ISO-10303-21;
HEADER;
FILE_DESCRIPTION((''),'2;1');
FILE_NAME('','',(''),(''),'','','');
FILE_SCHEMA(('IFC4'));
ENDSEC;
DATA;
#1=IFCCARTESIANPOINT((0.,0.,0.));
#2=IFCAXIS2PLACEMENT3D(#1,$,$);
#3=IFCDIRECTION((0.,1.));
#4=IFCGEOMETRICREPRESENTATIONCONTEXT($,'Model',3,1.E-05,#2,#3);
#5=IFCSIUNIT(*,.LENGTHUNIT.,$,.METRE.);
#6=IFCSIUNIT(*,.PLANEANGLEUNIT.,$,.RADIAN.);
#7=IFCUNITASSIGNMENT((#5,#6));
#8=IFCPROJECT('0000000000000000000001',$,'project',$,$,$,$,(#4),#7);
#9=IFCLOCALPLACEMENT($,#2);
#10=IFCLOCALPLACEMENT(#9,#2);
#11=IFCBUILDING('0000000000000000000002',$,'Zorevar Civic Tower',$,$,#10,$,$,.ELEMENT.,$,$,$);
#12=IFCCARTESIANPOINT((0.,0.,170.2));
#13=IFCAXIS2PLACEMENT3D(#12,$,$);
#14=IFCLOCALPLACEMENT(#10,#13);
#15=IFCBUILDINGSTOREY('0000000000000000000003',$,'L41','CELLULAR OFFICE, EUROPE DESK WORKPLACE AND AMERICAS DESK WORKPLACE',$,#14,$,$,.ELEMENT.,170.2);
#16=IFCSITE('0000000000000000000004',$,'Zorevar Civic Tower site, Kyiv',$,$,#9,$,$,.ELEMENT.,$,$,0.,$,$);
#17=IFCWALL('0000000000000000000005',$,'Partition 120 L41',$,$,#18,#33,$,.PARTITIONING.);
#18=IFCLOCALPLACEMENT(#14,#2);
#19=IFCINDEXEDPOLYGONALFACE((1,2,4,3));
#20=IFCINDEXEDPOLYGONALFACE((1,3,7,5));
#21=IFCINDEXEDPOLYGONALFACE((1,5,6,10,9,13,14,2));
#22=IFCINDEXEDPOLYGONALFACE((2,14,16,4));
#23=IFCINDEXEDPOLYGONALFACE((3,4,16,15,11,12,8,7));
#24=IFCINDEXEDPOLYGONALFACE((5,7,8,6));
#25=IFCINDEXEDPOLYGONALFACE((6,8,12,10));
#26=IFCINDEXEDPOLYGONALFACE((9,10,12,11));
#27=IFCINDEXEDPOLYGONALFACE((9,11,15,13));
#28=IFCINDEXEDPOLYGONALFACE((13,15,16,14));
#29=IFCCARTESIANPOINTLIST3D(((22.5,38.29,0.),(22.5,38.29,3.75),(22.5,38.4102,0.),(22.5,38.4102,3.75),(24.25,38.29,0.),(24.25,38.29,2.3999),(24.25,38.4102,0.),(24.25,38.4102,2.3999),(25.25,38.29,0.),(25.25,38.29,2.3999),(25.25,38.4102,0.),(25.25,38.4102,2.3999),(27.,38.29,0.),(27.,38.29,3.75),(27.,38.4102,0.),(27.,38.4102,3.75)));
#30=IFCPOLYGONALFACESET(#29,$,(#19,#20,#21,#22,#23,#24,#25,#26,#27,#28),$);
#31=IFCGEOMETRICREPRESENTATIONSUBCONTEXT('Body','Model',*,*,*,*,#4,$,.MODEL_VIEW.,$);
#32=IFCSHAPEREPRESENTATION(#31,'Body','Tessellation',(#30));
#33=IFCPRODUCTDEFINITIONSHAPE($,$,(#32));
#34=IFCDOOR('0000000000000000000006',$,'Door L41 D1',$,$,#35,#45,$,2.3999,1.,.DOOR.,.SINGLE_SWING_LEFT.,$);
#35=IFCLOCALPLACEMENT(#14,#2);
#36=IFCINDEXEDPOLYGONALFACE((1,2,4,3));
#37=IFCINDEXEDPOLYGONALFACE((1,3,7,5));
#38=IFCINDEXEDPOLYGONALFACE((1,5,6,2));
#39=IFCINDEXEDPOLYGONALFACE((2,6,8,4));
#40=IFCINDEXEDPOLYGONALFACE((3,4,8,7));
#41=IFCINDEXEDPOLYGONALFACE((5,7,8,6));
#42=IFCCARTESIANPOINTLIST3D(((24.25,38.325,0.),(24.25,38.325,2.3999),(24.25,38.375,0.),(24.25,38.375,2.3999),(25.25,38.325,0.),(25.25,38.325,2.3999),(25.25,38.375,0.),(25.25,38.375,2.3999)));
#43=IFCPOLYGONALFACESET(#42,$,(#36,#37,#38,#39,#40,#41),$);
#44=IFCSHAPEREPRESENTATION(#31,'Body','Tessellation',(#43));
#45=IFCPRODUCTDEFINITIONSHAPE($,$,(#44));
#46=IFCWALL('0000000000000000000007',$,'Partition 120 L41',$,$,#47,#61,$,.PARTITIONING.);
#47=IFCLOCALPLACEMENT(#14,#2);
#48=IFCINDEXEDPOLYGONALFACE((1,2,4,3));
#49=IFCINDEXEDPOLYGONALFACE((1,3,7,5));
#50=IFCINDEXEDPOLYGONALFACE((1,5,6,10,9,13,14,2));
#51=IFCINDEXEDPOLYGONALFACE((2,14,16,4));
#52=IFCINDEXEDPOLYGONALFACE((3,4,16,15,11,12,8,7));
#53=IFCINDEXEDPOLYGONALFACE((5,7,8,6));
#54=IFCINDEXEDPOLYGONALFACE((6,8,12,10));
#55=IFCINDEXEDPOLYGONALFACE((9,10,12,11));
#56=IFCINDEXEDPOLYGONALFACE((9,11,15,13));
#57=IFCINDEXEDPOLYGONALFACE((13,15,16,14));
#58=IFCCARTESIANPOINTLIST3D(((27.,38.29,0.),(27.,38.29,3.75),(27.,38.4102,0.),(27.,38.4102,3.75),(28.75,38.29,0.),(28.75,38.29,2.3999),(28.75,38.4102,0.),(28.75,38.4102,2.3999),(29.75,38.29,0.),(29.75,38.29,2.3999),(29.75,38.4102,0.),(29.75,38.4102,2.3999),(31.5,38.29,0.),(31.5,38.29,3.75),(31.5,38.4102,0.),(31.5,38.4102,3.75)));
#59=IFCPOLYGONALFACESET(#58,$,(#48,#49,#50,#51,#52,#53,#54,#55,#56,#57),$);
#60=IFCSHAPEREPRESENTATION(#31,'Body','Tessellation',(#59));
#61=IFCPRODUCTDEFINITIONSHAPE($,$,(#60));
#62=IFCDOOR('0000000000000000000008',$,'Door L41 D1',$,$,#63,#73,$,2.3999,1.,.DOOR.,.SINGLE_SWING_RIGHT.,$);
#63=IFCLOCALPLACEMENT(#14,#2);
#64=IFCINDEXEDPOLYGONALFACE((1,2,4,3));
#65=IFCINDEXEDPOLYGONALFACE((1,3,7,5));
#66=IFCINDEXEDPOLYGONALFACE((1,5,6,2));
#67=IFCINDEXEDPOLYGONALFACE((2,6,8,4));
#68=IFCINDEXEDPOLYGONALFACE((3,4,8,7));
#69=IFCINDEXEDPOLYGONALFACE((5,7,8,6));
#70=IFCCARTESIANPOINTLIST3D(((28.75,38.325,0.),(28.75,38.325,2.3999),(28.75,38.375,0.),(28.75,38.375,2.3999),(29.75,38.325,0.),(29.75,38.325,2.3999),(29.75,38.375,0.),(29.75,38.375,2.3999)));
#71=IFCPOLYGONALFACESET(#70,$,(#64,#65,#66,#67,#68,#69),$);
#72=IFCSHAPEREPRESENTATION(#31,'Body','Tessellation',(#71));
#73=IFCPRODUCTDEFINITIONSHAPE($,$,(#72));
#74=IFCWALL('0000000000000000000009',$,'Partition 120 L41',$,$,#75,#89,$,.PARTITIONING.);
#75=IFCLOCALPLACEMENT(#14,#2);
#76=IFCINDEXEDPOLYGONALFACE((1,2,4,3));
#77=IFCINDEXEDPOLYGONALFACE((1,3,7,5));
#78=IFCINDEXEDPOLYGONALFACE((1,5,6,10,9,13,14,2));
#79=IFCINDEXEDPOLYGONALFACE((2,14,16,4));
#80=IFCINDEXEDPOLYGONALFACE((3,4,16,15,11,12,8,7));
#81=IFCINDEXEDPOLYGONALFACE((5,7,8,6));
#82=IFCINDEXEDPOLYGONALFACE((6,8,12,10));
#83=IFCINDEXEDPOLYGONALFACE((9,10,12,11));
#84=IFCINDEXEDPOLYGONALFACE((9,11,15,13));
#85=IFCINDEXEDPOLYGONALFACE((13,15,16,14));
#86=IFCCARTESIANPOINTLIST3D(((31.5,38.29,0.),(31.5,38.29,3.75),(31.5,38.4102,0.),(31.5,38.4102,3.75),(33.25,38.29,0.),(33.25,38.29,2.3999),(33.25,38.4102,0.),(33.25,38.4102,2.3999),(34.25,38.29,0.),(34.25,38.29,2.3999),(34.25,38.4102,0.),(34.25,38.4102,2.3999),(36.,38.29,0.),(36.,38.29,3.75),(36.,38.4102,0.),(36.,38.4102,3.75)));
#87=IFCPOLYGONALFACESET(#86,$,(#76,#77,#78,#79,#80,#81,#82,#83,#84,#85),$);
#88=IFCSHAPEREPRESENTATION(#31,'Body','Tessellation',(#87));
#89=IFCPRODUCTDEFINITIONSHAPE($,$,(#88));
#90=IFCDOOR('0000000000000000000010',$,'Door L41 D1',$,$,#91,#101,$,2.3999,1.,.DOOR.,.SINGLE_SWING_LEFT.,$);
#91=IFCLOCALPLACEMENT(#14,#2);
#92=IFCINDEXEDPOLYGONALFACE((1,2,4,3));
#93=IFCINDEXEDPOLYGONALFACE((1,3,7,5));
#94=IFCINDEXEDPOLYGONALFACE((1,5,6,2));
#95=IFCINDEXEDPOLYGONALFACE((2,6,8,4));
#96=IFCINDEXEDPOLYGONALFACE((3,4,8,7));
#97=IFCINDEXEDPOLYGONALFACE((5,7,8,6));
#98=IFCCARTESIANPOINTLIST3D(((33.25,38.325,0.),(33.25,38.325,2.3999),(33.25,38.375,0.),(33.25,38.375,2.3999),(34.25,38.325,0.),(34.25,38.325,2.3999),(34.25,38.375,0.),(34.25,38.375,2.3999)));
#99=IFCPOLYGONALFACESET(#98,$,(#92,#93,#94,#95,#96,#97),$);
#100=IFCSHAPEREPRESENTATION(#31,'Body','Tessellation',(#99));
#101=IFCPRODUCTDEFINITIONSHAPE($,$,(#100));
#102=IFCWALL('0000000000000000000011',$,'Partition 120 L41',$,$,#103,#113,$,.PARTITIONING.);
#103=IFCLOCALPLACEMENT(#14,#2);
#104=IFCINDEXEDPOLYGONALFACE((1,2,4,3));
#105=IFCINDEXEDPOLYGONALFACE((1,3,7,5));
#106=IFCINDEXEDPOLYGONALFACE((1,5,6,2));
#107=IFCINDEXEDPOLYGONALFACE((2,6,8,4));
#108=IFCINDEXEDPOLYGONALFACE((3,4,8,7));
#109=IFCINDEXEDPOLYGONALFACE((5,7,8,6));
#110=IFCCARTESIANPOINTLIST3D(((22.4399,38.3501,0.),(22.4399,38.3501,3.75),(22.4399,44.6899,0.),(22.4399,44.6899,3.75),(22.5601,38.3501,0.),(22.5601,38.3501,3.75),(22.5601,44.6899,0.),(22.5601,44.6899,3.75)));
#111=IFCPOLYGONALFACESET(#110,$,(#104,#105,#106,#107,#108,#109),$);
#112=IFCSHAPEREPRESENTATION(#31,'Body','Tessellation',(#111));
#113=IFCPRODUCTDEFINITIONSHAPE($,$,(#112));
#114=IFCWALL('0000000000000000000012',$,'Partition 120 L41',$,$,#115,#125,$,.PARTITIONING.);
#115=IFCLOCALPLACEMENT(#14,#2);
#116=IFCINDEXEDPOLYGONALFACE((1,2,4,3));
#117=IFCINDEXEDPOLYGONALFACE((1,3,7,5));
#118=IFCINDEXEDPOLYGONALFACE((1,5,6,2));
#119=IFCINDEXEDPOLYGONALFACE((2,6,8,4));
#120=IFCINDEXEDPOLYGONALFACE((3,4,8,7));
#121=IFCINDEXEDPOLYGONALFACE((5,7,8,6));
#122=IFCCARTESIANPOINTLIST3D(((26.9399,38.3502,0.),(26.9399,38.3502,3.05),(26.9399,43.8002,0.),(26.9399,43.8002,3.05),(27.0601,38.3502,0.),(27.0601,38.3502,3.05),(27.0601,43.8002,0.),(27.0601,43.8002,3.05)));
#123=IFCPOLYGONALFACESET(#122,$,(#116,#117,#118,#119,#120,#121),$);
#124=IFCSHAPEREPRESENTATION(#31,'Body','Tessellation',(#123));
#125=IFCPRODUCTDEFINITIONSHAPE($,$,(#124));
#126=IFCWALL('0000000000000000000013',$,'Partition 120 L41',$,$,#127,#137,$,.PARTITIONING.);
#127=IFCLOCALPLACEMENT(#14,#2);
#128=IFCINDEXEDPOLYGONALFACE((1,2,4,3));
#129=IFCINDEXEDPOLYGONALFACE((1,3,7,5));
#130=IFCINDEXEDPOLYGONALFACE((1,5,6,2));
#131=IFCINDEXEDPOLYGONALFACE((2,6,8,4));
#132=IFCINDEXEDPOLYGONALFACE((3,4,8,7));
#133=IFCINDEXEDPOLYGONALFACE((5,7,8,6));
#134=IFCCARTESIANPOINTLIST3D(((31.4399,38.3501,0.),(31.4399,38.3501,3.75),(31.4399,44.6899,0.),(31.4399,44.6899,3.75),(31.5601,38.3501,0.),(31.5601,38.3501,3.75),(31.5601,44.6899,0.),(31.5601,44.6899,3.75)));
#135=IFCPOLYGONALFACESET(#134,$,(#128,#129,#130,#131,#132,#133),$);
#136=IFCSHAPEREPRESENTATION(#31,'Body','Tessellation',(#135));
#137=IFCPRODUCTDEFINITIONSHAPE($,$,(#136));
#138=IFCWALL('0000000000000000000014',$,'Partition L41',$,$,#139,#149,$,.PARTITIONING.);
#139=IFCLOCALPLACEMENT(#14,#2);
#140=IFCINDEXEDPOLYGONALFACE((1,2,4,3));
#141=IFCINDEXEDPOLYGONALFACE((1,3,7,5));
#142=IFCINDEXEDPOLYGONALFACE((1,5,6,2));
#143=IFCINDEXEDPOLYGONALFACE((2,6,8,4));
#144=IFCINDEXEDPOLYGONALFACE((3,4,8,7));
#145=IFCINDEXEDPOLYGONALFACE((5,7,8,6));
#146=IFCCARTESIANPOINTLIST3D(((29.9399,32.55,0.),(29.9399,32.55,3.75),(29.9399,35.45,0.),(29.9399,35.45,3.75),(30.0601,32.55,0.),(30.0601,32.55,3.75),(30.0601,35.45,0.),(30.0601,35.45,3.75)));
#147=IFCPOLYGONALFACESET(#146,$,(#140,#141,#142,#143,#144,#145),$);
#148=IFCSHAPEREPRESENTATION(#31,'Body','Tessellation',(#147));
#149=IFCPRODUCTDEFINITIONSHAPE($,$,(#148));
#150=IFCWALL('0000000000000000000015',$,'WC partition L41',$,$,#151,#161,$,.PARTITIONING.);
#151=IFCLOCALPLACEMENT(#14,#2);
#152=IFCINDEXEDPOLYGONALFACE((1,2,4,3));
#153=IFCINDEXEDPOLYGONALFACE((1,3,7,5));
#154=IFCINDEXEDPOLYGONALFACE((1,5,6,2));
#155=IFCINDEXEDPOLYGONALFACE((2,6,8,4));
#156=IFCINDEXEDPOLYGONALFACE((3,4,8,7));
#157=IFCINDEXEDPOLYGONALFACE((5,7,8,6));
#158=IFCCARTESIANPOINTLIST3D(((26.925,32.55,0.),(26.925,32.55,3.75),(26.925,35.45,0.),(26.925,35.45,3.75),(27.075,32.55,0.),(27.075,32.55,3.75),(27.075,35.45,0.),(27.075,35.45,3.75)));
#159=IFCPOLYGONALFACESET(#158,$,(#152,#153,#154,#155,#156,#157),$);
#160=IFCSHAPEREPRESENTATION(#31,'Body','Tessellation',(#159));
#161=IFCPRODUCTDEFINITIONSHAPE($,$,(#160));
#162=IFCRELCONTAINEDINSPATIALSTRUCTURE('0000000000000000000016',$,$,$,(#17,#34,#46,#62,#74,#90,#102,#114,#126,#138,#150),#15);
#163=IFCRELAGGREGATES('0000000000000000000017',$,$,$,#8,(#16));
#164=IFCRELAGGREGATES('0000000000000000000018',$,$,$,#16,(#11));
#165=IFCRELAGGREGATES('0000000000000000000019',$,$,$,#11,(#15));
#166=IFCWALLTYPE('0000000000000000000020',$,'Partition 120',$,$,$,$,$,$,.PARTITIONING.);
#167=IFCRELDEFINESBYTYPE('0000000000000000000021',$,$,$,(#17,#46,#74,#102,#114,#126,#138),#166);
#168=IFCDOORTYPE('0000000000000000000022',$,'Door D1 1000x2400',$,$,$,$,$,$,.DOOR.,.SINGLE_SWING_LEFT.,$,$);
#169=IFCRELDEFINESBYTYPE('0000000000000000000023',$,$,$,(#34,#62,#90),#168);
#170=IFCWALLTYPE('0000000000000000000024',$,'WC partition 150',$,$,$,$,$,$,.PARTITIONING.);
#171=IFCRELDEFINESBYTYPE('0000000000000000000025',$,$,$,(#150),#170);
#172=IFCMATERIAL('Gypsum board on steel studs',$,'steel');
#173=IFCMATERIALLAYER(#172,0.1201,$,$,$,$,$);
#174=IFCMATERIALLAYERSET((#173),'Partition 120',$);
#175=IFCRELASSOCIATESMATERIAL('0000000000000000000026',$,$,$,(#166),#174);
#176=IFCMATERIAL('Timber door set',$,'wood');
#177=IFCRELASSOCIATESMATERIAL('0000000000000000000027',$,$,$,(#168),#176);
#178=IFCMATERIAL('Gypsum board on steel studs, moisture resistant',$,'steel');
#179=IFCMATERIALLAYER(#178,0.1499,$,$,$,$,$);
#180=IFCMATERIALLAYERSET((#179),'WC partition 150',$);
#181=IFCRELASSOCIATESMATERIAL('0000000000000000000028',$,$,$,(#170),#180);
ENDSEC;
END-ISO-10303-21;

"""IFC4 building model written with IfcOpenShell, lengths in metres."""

from ifc_helpers import new_model, si_unit, direction, frame, frame_2d, origin, place, context, subcontext, project, spatial, rectangle, extrude, material, layer, layer_set, type_object, element, fill, save


model = new_model("IFC4")

# Units and contexts
model_context = context("Model", 3, precision=1e-05, world=origin(), true_north=direction((0.0, 1.0)))
body_context = subcontext(model_context, "Body", "Model", "MODEL_VIEW")
ifc_project = project(units=[si_unit("LENGTHUNIT", "METRE"), si_unit("PLANEANGLEUNIT", "RADIAN")], contexts=[model_context])

# Site, building, storey
site_placement = place(None, origin())
site = spatial("IfcSite", under=ifc_project, at=site_placement, Name="Zorevar Civic Tower site, Kyiv", CompositionType="ELEMENT", RefElevation=0.0)
building_placement = place(site_placement, origin())
building = spatial("IfcBuilding", under=site, at=building_placement, Name="Zorevar Civic Tower", CompositionType="ELEMENT")
storey_placement = place(building_placement, frame((0.0, 0.0, 170.2)))
storey = spatial("IfcBuildingStorey", under=building, at=storey_placement, Name="L41", Description="CELLULAR OFFICE, EUROPE DESK WORKPLACE AND AMERICAS DESK WORKPLACE", CompositionType="ELEMENT", Elevation=170.2)

# Walls, openings, doors
ifc_material_1 = material(Name="Gypsum board on steel studs", Category="steel")
ifc_layer_1 = layer(ifc_material_1, 0.1201)
ifc_layer_set_1 = layer_set([ifc_layer_1], Name="Partition 120")
wall_type_1 = type_object("IfcWallType", Name="Partition 120", PredefinedType="PARTITIONING", material=ifc_layer_set_1)
wall_1_placement = place(storey_placement, frame((22.5, 38.3501, 0.0), z_axis=(0.0, 0.0, 1.0), x_axis=(1.0, 0.0, 0.0)))
wall_1 = element("IfcWall", 1, at=wall_1_placement, inside=storey, type_object=wall_type_1, Name="Partition 120 L41", PredefinedType="PARTITIONING", context=body_context, shape_type="SweptSolid", body=[
    extrude(rectangle(XDim=4.5, YDim=0.1201, at=frame_2d((2.25, 0.0))), origin(), (0.0, 0.0, 1.0), 3.75),
])
opening_1_placement = place(wall_1_placement, frame((1.75, 0.0, 0.0)))
opening_1 = element("IfcOpeningElement", 2, at=opening_1_placement, cuts=wall_1, PredefinedType="OPENING", context=body_context, shape_type="SweptSolid", body=[
    extrude(rectangle(XDim=1.0, YDim=2.3999, at=frame_2d((0.5, 1.2))), frame((0.0, 0.0701, 0.0), z_axis=(0.0, -1.0, 0.0), x_axis=(1.0, 0.0, 0.0)), (0.0, 0.0, 1.0), 0.1401),
])
ifc_material_2 = material(Name="Timber door set", Category="wood")
door_type_1 = type_object("IfcDoorType", Name="Door D1 1000x2400", OperationType="SINGLE_SWING_LEFT", PredefinedType="DOOR", material=ifc_material_2)
door_1_placement = place(opening_1_placement, origin())
door_1 = element("IfcDoor", 3, at=door_1_placement, inside=storey, type_object=door_type_1, Name="Door L41 D1", OperationType="SINGLE_SWING_LEFT", OverallHeight=2.3999, OverallWidth=1.0, PredefinedType="DOOR", context=body_context, shape_type="SweptSolid", body=[
    extrude(rectangle(XDim=1.0, YDim=2.3999, at=frame_2d((0.5, 1.2))), frame((0.0, 0.0249, 0.0), z_axis=(0.0, -1.0, 0.0), x_axis=(1.0, 0.0, 0.0)), (0.0, 0.0, 1.0), 0.05),
])
fill(opening_1, door_1)
wall_2_placement = place(storey_placement, frame((27.0, 38.3501, 0.0), z_axis=(0.0, 0.0, 1.0), x_axis=(1.0, 0.0, 0.0)))
wall_2 = element("IfcWall", 4, at=wall_2_placement, inside=storey, type_object=wall_type_1, Name="Partition 120 L41", PredefinedType="PARTITIONING", context=body_context, shape_type="SweptSolid", body=[
    extrude(rectangle(XDim=4.5, YDim=0.1201, at=frame_2d((2.25, 0.0))), origin(), (0.0, 0.0, 1.0), 3.75),
])
opening_2_placement = place(wall_2_placement, frame((1.75, 0.0, 0.0)))
opening_2 = element("IfcOpeningElement", 5, at=opening_2_placement, cuts=wall_2, PredefinedType="OPENING", context=body_context, shape_type="SweptSolid", body=[
    extrude(rectangle(XDim=1.0, YDim=2.3999, at=frame_2d((0.5, 1.2))), frame((0.0, 0.0701, 0.0), z_axis=(0.0, -1.0, 0.0), x_axis=(1.0, 0.0, 0.0)), (0.0, 0.0, 1.0), 0.1401),
])
door_2_placement = place(opening_2_placement, origin())
door_2 = element("IfcDoor", 6, at=door_2_placement, inside=storey, type_object=door_type_1, Name="Door L41 D1", OperationType="SINGLE_SWING_RIGHT", OverallHeight=2.3999, OverallWidth=1.0, PredefinedType="DOOR", context=body_context, shape_type="SweptSolid", body=[
    extrude(rectangle(XDim=1.0, YDim=2.3999, at=frame_2d((0.5, 1.2))), frame((0.0, 0.0249, 0.0), z_axis=(0.0, -1.0, 0.0), x_axis=(1.0, 0.0, 0.0)), (0.0, 0.0, 1.0), 0.05),
])
fill(opening_2, door_2)
wall_3_placement = place(storey_placement, frame((31.5, 38.3501, 0.0), z_axis=(0.0, 0.0, 1.0), x_axis=(1.0, 0.0, 0.0)))
wall_3 = element("IfcWall", 7, at=wall_3_placement, inside=storey, type_object=wall_type_1, Name="Partition 120 L41", PredefinedType="PARTITIONING", context=body_context, shape_type="SweptSolid", body=[
    extrude(rectangle(XDim=4.5, YDim=0.1201, at=frame_2d((2.25, 0.0))), origin(), (0.0, 0.0, 1.0), 3.75),
])
opening_3_placement = place(wall_3_placement, frame((1.75, 0.0, 0.0)))
opening_3 = element("IfcOpeningElement", 8, at=opening_3_placement, cuts=wall_3, PredefinedType="OPENING", context=body_context, shape_type="SweptSolid", body=[
    extrude(rectangle(XDim=1.0, YDim=2.3999, at=frame_2d((0.5, 1.2))), frame((0.0, 0.0701, 0.0), z_axis=(0.0, -1.0, 0.0), x_axis=(1.0, 0.0, 0.0)), (0.0, 0.0, 1.0), 0.1401),
])
door_3_placement = place(opening_3_placement, origin())
door_3 = element("IfcDoor", 9, at=door_3_placement, inside=storey, type_object=door_type_1, Name="Door L41 D1", OperationType="SINGLE_SWING_LEFT", OverallHeight=2.3999, OverallWidth=1.0, PredefinedType="DOOR", context=body_context, shape_type="SweptSolid", body=[
    extrude(rectangle(XDim=1.0, YDim=2.3999, at=frame_2d((0.5, 1.2))), frame((0.0, 0.0249, 0.0), z_axis=(0.0, -1.0, 0.0), x_axis=(1.0, 0.0, 0.0)), (0.0, 0.0, 1.0), 0.05),
])
fill(opening_3, door_3)

# Walls
wall_4_placement = place(storey_placement, frame((22.5, 38.3501, 0.0), z_axis=(0.0, 0.0, 1.0), x_axis=(0.0, 1.0, 0.0)))
element("IfcWall", 10, at=wall_4_placement, inside=storey, type_object=wall_type_1, Name="Partition 120 L41", PredefinedType="PARTITIONING", context=body_context, shape_type="SweptSolid", body=[
    extrude(rectangle(XDim=6.3398, YDim=0.1201, at=frame_2d((3.1699, 0.0))), origin(), (0.0, 0.0, 1.0), 3.75),
])
wall_5_placement = place(storey_placement, frame((27.0, 38.3501, 0.0), z_axis=(0.0, 0.0, 1.0), x_axis=(0.0, 1.0, 0.0)))
element("IfcWall", 11, at=wall_5_placement, inside=storey, type_object=wall_type_1, Name="Partition 120 L41", PredefinedType="PARTITIONING", context=body_context, shape_type="SweptSolid", body=[
    extrude(rectangle(XDim=5.45, YDim=0.1201, at=frame_2d((2.7251, 0.0))), origin(), (0.0, 0.0, 1.0), 3.05),
])
wall_6_placement = place(storey_placement, frame((31.5, 38.3501, 0.0), z_axis=(0.0, 0.0, 1.0), x_axis=(0.0, 1.0, 0.0)))
element("IfcWall", 12, at=wall_6_placement, inside=storey, type_object=wall_type_1, Name="Partition 120 L41", PredefinedType="PARTITIONING", context=body_context, shape_type="SweptSolid", body=[
    extrude(rectangle(XDim=6.3398, YDim=0.1201, at=frame_2d((3.1699, 0.0))), origin(), (0.0, 0.0, 1.0), 3.75),
])
wall_7_placement = place(storey_placement, frame((30.0, 32.55, 0.0), z_axis=(0.0, 0.0, 1.0), x_axis=(0.0, 1.0, 0.0)))
element("IfcWall", 13, at=wall_7_placement, inside=storey, type_object=wall_type_1, Name="Partition L41", PredefinedType="PARTITIONING", context=body_context, shape_type="SweptSolid", body=[
    extrude(rectangle(XDim=2.8999, YDim=0.1201, at=frame_2d((1.45, 0.0))), origin(), (0.0, 0.0, 1.0), 3.75),
])
ifc_material_3 = material(Name="Gypsum board on steel studs, moisture resistant", Category="steel")
ifc_layer_2 = layer(ifc_material_3, 0.1499)
ifc_layer_set_2 = layer_set([ifc_layer_2], Name="WC partition 150")
wall_type_2 = type_object("IfcWallType", Name="WC partition 150", PredefinedType="PARTITIONING", material=ifc_layer_set_2)
wall_8_placement = place(storey_placement, frame((27.0, 32.55, 0.0), z_axis=(0.0, 0.0, 1.0), x_axis=(0.0, 1.0, 0.0)))
element("IfcWall", 14, at=wall_8_placement, inside=storey, type_object=wall_type_2, Name="WC partition L41", PredefinedType="PARTITIONING", context=body_context, shape_type="SweptSolid", body=[
    extrude(rectangle(XDim=2.8999, YDim=0.1499, at=frame_2d((1.45, 0.0))), origin(), (0.0, 0.0, 1.0), 3.75),
])

save(model, "model.ifc")
